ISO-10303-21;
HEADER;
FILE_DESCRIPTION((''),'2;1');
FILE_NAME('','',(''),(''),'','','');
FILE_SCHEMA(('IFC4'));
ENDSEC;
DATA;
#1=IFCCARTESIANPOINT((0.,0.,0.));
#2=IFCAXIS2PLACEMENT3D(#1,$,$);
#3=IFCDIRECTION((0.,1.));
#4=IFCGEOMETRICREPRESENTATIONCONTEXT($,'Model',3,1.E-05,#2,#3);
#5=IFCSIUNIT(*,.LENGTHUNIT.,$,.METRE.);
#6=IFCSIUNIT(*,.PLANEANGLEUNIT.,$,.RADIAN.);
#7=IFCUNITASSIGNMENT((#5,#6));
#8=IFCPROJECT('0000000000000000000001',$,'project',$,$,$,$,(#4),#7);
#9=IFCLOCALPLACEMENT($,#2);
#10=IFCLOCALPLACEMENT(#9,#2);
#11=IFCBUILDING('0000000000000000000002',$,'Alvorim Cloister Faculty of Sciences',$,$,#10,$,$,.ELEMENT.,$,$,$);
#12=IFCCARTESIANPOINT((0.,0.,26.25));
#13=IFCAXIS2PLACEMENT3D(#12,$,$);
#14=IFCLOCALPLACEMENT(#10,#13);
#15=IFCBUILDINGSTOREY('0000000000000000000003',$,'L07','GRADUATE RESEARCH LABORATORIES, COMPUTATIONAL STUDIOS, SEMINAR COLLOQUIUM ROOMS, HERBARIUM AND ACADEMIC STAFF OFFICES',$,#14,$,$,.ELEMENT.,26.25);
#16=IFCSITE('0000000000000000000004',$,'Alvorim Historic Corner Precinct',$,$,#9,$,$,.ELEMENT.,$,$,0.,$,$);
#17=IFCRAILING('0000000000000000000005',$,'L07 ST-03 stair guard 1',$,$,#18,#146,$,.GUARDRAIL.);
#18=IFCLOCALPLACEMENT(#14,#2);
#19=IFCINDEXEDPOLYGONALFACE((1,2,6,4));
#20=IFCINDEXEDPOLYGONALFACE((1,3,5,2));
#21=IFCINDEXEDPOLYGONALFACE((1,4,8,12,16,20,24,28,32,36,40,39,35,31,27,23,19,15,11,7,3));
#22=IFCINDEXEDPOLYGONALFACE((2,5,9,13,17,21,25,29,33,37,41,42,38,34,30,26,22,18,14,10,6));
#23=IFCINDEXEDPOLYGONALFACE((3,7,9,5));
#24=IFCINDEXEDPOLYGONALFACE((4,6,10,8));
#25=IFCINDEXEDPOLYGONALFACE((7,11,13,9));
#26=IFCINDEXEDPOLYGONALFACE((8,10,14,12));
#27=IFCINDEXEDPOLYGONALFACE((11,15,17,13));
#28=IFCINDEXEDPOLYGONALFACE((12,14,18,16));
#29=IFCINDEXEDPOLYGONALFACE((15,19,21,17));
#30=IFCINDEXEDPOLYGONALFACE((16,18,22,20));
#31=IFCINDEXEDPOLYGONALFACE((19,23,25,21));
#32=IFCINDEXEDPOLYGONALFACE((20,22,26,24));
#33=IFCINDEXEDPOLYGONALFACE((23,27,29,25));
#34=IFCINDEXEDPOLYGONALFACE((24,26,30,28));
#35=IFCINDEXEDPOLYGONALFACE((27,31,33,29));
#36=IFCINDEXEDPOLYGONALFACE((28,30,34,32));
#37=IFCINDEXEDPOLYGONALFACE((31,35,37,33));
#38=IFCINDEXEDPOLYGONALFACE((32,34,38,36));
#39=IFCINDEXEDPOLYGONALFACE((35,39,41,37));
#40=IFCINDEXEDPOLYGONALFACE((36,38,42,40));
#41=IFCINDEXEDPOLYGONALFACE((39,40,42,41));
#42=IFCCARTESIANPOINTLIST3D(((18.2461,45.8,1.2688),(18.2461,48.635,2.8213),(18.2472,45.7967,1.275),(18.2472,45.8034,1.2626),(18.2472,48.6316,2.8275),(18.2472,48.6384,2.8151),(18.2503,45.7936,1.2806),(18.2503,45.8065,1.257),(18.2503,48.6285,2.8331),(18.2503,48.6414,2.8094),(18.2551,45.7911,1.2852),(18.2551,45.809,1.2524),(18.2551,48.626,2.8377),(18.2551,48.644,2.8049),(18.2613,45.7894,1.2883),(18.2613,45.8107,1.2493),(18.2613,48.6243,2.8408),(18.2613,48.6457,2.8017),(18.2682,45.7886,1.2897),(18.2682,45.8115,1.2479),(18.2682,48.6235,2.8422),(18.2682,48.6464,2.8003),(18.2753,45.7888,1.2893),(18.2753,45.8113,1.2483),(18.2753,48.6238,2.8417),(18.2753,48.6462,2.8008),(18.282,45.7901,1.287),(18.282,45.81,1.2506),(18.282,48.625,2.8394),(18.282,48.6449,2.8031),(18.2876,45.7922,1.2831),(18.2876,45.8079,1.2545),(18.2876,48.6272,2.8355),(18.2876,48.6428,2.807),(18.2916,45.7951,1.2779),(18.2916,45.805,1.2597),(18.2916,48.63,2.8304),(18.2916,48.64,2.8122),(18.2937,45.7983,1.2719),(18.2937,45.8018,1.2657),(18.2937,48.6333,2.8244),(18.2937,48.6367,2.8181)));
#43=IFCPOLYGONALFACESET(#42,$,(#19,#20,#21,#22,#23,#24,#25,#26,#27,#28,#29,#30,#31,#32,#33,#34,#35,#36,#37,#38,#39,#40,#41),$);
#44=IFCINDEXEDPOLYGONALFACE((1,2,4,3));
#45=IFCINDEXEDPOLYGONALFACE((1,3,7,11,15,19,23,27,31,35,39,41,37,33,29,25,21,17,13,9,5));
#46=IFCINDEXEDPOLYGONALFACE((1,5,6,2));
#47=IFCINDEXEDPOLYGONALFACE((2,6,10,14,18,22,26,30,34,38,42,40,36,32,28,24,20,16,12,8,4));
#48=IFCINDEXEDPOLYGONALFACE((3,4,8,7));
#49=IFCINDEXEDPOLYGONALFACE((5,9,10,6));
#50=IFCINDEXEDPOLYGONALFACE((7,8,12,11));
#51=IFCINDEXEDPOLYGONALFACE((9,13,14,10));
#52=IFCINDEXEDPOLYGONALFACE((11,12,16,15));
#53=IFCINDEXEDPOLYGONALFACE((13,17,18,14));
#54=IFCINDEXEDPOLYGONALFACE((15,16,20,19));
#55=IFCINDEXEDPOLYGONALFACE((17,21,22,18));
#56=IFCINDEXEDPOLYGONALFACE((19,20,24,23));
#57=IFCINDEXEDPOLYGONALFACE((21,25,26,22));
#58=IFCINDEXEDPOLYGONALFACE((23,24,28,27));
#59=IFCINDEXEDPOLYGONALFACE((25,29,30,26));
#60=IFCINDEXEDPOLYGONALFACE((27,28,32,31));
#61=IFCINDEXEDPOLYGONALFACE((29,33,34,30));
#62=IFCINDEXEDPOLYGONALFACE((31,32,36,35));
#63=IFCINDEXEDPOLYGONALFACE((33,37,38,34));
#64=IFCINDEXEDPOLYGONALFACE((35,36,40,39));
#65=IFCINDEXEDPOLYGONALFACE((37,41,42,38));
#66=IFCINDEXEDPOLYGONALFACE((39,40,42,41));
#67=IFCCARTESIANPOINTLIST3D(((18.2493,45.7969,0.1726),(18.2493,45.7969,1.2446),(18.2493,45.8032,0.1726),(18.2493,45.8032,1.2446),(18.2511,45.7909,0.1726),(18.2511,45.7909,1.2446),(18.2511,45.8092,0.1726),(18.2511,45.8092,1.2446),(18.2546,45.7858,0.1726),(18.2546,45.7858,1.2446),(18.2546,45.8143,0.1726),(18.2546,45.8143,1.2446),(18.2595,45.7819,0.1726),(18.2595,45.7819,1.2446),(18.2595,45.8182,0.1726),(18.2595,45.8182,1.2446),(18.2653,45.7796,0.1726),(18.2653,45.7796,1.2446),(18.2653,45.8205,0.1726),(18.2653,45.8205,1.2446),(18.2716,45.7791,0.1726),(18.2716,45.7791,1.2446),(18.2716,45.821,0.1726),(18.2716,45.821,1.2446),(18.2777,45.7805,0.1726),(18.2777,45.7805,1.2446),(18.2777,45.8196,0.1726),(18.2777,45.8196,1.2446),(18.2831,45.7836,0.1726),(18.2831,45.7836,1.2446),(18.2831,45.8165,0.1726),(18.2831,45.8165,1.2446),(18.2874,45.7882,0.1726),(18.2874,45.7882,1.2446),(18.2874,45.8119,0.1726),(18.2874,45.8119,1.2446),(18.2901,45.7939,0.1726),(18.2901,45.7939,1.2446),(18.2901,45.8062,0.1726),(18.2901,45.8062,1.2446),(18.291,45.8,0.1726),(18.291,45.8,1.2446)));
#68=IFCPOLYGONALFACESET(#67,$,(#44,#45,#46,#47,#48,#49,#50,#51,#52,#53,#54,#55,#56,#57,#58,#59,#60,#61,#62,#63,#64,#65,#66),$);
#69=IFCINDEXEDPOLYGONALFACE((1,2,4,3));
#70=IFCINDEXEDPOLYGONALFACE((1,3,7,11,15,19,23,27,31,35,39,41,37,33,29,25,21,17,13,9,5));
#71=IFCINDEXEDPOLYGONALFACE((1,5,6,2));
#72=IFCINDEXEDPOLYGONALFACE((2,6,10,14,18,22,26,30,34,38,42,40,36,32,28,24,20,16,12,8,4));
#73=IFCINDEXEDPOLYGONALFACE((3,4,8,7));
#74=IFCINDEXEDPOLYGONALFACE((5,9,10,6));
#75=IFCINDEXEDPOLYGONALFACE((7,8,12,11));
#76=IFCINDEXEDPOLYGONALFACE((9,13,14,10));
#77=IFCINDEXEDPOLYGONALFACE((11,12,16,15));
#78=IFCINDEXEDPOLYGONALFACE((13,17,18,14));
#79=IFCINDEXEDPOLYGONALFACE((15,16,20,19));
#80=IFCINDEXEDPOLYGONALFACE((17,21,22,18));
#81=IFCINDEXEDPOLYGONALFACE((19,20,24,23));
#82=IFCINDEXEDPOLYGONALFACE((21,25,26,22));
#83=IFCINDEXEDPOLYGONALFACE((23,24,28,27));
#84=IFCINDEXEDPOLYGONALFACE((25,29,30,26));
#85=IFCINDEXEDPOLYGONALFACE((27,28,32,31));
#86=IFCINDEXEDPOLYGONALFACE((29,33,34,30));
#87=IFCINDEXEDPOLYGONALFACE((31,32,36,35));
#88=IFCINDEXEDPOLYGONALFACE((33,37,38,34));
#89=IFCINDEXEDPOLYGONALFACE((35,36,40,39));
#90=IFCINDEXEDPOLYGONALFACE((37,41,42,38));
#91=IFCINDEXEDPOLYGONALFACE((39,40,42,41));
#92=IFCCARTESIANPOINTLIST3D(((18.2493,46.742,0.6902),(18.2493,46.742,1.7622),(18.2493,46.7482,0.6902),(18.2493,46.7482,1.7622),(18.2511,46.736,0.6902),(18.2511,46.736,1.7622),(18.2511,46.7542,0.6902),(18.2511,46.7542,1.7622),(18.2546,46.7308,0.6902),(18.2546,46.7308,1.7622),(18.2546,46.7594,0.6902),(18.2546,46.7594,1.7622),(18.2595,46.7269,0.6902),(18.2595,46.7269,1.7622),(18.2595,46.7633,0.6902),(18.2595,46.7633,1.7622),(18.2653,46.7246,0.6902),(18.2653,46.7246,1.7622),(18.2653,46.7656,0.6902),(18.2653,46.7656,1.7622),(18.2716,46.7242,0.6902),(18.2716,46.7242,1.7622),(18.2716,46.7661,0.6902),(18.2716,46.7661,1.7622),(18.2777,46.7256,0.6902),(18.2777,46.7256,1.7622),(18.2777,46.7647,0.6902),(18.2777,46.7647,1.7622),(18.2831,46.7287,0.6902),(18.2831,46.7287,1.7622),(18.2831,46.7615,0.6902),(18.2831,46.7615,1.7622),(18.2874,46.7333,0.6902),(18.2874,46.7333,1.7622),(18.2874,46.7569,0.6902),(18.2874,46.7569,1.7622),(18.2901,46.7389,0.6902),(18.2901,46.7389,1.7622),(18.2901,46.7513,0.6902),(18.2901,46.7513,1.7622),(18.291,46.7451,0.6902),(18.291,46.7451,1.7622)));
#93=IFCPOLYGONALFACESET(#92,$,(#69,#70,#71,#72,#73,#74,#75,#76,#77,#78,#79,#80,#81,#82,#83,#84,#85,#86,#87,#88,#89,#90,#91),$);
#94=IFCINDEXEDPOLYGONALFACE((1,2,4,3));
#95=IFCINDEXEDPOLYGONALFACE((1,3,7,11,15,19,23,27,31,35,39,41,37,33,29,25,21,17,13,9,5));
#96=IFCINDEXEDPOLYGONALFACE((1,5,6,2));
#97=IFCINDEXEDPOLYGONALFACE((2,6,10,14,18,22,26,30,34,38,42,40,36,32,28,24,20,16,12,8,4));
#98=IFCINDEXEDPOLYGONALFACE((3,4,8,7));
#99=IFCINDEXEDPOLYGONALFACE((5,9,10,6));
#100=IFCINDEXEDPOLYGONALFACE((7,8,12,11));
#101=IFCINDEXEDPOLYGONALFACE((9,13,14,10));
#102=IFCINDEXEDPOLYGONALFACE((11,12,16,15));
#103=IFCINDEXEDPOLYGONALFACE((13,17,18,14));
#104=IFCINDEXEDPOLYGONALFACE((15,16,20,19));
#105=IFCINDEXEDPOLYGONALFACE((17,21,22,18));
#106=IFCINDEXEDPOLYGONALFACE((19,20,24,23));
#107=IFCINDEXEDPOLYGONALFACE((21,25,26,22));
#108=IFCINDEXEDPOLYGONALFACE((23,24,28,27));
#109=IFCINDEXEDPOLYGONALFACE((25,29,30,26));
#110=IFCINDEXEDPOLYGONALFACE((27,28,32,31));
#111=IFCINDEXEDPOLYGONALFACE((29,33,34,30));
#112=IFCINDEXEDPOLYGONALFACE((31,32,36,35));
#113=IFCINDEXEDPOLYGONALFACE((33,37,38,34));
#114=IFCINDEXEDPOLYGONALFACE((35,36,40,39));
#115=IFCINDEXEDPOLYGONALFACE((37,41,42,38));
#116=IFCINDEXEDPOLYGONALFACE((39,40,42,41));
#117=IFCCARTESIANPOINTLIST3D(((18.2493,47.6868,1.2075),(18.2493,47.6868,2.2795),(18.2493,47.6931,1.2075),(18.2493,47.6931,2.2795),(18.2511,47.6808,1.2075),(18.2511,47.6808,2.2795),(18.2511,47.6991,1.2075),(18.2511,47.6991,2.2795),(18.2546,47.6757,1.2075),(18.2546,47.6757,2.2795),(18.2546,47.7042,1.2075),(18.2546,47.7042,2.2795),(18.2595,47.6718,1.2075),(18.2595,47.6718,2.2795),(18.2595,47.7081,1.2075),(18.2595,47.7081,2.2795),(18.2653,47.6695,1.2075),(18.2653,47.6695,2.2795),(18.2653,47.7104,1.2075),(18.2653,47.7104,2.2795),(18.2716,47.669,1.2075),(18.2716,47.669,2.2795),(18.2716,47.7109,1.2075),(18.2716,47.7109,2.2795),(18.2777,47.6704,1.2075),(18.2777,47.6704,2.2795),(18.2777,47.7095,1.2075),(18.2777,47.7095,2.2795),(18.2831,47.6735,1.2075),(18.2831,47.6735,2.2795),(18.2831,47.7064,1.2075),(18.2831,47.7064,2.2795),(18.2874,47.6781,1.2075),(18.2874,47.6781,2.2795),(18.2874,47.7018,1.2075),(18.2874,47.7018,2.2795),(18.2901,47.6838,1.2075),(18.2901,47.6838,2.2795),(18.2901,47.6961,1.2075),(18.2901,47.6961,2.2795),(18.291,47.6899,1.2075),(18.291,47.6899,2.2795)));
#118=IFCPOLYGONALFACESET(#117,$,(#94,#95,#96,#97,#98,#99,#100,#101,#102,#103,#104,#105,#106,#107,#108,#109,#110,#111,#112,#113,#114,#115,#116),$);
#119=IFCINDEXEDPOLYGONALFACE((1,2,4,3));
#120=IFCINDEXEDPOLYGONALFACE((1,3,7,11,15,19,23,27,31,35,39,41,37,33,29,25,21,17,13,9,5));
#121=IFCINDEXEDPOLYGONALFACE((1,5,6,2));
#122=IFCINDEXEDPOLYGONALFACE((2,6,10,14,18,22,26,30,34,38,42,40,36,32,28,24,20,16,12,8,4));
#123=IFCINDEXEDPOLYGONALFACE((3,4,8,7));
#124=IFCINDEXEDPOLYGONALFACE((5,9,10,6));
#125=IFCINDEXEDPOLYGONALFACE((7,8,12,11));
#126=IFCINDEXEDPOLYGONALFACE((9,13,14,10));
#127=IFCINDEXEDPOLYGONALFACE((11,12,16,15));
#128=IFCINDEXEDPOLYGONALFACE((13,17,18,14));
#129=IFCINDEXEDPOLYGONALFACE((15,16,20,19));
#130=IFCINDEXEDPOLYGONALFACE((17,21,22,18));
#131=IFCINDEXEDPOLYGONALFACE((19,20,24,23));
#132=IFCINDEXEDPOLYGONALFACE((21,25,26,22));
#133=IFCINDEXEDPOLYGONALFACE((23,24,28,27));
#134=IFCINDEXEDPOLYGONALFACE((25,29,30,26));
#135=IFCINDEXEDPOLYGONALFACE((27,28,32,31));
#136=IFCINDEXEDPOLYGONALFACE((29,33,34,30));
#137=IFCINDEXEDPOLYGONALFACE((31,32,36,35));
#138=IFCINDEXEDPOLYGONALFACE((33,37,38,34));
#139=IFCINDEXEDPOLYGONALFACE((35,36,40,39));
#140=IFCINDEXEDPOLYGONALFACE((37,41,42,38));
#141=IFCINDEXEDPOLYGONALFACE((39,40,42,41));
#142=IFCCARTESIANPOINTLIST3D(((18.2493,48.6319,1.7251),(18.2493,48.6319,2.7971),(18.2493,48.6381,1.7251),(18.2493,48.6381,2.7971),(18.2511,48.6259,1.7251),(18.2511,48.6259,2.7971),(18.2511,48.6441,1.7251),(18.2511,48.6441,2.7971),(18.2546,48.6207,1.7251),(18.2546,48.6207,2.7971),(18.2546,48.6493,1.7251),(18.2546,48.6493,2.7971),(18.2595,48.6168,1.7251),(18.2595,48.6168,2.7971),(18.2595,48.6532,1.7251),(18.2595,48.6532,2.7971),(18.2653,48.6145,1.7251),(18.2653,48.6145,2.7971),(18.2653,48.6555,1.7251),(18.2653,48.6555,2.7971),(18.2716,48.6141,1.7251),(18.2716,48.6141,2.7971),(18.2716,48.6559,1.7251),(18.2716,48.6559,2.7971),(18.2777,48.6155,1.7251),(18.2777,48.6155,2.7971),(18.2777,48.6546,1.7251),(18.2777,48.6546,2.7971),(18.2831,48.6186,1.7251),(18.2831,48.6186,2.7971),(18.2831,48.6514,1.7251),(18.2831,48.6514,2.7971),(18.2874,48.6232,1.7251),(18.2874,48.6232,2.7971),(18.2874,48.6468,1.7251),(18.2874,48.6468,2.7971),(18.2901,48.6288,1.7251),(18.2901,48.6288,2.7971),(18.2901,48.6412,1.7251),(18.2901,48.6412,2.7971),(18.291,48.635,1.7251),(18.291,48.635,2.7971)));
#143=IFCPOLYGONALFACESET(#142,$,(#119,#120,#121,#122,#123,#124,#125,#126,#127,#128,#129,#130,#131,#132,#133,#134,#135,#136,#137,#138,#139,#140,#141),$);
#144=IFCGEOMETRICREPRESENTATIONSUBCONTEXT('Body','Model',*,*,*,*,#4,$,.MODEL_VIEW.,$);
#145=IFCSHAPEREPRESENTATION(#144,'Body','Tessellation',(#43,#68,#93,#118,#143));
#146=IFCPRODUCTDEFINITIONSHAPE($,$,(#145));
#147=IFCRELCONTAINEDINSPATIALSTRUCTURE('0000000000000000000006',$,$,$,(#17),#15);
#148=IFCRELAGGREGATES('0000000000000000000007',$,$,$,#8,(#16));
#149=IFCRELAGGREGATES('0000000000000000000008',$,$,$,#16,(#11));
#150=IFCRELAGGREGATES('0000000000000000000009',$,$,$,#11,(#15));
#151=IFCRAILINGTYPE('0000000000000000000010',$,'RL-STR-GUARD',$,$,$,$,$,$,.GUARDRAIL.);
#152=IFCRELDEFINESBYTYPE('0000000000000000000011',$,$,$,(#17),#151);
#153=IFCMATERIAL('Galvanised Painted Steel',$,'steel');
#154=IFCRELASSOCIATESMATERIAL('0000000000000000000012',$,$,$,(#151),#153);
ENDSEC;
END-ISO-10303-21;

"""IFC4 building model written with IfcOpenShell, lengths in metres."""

from ifc_helpers import new_model, si_unit, direction, frame, origin, origin_2d, place, context, subcontext, project, spatial, circle, extrude, material, type_object, element, save


model = new_model("IFC4")

# Units and contexts
model_context = context("Model", 3, precision=1e-05, world=origin(), true_north=direction((0.0, 1.0)))
body_context = subcontext(model_context, "Body", "Model", "MODEL_VIEW")
ifc_project = project(units=[si_unit("LENGTHUNIT", "METRE"), si_unit("PLANEANGLEUNIT", "RADIAN")], contexts=[model_context])

# Site, building, storey
site_placement = place(None, origin())
site = spatial("IfcSite", under=ifc_project, at=site_placement, Name="Alvorim Historic Corner Precinct", CompositionType="ELEMENT", RefElevation=0.0)
building_placement = place(site_placement, origin())
building = spatial("IfcBuilding", under=site, at=building_placement, Name="Alvorim Cloister Faculty of Sciences", CompositionType="ELEMENT")
storey_placement = place(building_placement, frame((0.0, 0.0, 26.25)))
storey = spatial("IfcBuildingStorey", under=building, at=storey_placement, Name="L07", Description="GRADUATE RESEARCH LABORATORIES, COMPUTATIONAL STUDIOS, SEMINAR COLLOQUIUM ROOMS, HERBARIUM AND ACADEMIC STAFF OFFICES", CompositionType="ELEMENT", Elevation=26.25)

# Railing
ifc_material_1 = material(Name="Galvanised Painted Steel", Category="steel")
railing_type_1 = type_object("IfcRailingType", Name="RL-STR-GUARD", PredefinedType="GUARDRAIL", material=ifc_material_1)
railing_1_placement = place(storey_placement, frame((18.27, 45.8, 0.1726)))
element("IfcRailing", 1, at=railing_1_placement, inside=storey, type_object=railing_type_1, Name="L07 ST-03 stair guard 1", PredefinedType="GUARDRAIL", context=body_context, shape_type="SweptSolid", body=[
    extrude(circle(Radius=0.0239, at=origin_2d()), frame((0.0, 0.0, 1.0962), z_axis=(0.0, 0.877095, 0.480317), x_axis=(-1.0, 0.0, 0.0)), (0.0, 0.0, 1.0), 3.2322),
    extrude(circle(Radius=0.021, at=origin_2d()), origin(), (0.0, 0.0, 1.0), 1.072),
    extrude(circle(Radius=0.021, at=origin_2d()), frame((0.0, 0.9451, 0.5176)), (0.0, 0.0, 1.0), 1.072),
    extrude(circle(Radius=0.021, at=origin_2d()), frame((0.0, 1.8899, 1.0349)), (0.0, 0.0, 1.0), 1.072),
    extrude(circle(Radius=0.021, at=origin_2d()), frame((0.0, 2.835, 1.5525)), (0.0, 0.0, 1.0), 1.072),
])

save(model, "model.ifc")
